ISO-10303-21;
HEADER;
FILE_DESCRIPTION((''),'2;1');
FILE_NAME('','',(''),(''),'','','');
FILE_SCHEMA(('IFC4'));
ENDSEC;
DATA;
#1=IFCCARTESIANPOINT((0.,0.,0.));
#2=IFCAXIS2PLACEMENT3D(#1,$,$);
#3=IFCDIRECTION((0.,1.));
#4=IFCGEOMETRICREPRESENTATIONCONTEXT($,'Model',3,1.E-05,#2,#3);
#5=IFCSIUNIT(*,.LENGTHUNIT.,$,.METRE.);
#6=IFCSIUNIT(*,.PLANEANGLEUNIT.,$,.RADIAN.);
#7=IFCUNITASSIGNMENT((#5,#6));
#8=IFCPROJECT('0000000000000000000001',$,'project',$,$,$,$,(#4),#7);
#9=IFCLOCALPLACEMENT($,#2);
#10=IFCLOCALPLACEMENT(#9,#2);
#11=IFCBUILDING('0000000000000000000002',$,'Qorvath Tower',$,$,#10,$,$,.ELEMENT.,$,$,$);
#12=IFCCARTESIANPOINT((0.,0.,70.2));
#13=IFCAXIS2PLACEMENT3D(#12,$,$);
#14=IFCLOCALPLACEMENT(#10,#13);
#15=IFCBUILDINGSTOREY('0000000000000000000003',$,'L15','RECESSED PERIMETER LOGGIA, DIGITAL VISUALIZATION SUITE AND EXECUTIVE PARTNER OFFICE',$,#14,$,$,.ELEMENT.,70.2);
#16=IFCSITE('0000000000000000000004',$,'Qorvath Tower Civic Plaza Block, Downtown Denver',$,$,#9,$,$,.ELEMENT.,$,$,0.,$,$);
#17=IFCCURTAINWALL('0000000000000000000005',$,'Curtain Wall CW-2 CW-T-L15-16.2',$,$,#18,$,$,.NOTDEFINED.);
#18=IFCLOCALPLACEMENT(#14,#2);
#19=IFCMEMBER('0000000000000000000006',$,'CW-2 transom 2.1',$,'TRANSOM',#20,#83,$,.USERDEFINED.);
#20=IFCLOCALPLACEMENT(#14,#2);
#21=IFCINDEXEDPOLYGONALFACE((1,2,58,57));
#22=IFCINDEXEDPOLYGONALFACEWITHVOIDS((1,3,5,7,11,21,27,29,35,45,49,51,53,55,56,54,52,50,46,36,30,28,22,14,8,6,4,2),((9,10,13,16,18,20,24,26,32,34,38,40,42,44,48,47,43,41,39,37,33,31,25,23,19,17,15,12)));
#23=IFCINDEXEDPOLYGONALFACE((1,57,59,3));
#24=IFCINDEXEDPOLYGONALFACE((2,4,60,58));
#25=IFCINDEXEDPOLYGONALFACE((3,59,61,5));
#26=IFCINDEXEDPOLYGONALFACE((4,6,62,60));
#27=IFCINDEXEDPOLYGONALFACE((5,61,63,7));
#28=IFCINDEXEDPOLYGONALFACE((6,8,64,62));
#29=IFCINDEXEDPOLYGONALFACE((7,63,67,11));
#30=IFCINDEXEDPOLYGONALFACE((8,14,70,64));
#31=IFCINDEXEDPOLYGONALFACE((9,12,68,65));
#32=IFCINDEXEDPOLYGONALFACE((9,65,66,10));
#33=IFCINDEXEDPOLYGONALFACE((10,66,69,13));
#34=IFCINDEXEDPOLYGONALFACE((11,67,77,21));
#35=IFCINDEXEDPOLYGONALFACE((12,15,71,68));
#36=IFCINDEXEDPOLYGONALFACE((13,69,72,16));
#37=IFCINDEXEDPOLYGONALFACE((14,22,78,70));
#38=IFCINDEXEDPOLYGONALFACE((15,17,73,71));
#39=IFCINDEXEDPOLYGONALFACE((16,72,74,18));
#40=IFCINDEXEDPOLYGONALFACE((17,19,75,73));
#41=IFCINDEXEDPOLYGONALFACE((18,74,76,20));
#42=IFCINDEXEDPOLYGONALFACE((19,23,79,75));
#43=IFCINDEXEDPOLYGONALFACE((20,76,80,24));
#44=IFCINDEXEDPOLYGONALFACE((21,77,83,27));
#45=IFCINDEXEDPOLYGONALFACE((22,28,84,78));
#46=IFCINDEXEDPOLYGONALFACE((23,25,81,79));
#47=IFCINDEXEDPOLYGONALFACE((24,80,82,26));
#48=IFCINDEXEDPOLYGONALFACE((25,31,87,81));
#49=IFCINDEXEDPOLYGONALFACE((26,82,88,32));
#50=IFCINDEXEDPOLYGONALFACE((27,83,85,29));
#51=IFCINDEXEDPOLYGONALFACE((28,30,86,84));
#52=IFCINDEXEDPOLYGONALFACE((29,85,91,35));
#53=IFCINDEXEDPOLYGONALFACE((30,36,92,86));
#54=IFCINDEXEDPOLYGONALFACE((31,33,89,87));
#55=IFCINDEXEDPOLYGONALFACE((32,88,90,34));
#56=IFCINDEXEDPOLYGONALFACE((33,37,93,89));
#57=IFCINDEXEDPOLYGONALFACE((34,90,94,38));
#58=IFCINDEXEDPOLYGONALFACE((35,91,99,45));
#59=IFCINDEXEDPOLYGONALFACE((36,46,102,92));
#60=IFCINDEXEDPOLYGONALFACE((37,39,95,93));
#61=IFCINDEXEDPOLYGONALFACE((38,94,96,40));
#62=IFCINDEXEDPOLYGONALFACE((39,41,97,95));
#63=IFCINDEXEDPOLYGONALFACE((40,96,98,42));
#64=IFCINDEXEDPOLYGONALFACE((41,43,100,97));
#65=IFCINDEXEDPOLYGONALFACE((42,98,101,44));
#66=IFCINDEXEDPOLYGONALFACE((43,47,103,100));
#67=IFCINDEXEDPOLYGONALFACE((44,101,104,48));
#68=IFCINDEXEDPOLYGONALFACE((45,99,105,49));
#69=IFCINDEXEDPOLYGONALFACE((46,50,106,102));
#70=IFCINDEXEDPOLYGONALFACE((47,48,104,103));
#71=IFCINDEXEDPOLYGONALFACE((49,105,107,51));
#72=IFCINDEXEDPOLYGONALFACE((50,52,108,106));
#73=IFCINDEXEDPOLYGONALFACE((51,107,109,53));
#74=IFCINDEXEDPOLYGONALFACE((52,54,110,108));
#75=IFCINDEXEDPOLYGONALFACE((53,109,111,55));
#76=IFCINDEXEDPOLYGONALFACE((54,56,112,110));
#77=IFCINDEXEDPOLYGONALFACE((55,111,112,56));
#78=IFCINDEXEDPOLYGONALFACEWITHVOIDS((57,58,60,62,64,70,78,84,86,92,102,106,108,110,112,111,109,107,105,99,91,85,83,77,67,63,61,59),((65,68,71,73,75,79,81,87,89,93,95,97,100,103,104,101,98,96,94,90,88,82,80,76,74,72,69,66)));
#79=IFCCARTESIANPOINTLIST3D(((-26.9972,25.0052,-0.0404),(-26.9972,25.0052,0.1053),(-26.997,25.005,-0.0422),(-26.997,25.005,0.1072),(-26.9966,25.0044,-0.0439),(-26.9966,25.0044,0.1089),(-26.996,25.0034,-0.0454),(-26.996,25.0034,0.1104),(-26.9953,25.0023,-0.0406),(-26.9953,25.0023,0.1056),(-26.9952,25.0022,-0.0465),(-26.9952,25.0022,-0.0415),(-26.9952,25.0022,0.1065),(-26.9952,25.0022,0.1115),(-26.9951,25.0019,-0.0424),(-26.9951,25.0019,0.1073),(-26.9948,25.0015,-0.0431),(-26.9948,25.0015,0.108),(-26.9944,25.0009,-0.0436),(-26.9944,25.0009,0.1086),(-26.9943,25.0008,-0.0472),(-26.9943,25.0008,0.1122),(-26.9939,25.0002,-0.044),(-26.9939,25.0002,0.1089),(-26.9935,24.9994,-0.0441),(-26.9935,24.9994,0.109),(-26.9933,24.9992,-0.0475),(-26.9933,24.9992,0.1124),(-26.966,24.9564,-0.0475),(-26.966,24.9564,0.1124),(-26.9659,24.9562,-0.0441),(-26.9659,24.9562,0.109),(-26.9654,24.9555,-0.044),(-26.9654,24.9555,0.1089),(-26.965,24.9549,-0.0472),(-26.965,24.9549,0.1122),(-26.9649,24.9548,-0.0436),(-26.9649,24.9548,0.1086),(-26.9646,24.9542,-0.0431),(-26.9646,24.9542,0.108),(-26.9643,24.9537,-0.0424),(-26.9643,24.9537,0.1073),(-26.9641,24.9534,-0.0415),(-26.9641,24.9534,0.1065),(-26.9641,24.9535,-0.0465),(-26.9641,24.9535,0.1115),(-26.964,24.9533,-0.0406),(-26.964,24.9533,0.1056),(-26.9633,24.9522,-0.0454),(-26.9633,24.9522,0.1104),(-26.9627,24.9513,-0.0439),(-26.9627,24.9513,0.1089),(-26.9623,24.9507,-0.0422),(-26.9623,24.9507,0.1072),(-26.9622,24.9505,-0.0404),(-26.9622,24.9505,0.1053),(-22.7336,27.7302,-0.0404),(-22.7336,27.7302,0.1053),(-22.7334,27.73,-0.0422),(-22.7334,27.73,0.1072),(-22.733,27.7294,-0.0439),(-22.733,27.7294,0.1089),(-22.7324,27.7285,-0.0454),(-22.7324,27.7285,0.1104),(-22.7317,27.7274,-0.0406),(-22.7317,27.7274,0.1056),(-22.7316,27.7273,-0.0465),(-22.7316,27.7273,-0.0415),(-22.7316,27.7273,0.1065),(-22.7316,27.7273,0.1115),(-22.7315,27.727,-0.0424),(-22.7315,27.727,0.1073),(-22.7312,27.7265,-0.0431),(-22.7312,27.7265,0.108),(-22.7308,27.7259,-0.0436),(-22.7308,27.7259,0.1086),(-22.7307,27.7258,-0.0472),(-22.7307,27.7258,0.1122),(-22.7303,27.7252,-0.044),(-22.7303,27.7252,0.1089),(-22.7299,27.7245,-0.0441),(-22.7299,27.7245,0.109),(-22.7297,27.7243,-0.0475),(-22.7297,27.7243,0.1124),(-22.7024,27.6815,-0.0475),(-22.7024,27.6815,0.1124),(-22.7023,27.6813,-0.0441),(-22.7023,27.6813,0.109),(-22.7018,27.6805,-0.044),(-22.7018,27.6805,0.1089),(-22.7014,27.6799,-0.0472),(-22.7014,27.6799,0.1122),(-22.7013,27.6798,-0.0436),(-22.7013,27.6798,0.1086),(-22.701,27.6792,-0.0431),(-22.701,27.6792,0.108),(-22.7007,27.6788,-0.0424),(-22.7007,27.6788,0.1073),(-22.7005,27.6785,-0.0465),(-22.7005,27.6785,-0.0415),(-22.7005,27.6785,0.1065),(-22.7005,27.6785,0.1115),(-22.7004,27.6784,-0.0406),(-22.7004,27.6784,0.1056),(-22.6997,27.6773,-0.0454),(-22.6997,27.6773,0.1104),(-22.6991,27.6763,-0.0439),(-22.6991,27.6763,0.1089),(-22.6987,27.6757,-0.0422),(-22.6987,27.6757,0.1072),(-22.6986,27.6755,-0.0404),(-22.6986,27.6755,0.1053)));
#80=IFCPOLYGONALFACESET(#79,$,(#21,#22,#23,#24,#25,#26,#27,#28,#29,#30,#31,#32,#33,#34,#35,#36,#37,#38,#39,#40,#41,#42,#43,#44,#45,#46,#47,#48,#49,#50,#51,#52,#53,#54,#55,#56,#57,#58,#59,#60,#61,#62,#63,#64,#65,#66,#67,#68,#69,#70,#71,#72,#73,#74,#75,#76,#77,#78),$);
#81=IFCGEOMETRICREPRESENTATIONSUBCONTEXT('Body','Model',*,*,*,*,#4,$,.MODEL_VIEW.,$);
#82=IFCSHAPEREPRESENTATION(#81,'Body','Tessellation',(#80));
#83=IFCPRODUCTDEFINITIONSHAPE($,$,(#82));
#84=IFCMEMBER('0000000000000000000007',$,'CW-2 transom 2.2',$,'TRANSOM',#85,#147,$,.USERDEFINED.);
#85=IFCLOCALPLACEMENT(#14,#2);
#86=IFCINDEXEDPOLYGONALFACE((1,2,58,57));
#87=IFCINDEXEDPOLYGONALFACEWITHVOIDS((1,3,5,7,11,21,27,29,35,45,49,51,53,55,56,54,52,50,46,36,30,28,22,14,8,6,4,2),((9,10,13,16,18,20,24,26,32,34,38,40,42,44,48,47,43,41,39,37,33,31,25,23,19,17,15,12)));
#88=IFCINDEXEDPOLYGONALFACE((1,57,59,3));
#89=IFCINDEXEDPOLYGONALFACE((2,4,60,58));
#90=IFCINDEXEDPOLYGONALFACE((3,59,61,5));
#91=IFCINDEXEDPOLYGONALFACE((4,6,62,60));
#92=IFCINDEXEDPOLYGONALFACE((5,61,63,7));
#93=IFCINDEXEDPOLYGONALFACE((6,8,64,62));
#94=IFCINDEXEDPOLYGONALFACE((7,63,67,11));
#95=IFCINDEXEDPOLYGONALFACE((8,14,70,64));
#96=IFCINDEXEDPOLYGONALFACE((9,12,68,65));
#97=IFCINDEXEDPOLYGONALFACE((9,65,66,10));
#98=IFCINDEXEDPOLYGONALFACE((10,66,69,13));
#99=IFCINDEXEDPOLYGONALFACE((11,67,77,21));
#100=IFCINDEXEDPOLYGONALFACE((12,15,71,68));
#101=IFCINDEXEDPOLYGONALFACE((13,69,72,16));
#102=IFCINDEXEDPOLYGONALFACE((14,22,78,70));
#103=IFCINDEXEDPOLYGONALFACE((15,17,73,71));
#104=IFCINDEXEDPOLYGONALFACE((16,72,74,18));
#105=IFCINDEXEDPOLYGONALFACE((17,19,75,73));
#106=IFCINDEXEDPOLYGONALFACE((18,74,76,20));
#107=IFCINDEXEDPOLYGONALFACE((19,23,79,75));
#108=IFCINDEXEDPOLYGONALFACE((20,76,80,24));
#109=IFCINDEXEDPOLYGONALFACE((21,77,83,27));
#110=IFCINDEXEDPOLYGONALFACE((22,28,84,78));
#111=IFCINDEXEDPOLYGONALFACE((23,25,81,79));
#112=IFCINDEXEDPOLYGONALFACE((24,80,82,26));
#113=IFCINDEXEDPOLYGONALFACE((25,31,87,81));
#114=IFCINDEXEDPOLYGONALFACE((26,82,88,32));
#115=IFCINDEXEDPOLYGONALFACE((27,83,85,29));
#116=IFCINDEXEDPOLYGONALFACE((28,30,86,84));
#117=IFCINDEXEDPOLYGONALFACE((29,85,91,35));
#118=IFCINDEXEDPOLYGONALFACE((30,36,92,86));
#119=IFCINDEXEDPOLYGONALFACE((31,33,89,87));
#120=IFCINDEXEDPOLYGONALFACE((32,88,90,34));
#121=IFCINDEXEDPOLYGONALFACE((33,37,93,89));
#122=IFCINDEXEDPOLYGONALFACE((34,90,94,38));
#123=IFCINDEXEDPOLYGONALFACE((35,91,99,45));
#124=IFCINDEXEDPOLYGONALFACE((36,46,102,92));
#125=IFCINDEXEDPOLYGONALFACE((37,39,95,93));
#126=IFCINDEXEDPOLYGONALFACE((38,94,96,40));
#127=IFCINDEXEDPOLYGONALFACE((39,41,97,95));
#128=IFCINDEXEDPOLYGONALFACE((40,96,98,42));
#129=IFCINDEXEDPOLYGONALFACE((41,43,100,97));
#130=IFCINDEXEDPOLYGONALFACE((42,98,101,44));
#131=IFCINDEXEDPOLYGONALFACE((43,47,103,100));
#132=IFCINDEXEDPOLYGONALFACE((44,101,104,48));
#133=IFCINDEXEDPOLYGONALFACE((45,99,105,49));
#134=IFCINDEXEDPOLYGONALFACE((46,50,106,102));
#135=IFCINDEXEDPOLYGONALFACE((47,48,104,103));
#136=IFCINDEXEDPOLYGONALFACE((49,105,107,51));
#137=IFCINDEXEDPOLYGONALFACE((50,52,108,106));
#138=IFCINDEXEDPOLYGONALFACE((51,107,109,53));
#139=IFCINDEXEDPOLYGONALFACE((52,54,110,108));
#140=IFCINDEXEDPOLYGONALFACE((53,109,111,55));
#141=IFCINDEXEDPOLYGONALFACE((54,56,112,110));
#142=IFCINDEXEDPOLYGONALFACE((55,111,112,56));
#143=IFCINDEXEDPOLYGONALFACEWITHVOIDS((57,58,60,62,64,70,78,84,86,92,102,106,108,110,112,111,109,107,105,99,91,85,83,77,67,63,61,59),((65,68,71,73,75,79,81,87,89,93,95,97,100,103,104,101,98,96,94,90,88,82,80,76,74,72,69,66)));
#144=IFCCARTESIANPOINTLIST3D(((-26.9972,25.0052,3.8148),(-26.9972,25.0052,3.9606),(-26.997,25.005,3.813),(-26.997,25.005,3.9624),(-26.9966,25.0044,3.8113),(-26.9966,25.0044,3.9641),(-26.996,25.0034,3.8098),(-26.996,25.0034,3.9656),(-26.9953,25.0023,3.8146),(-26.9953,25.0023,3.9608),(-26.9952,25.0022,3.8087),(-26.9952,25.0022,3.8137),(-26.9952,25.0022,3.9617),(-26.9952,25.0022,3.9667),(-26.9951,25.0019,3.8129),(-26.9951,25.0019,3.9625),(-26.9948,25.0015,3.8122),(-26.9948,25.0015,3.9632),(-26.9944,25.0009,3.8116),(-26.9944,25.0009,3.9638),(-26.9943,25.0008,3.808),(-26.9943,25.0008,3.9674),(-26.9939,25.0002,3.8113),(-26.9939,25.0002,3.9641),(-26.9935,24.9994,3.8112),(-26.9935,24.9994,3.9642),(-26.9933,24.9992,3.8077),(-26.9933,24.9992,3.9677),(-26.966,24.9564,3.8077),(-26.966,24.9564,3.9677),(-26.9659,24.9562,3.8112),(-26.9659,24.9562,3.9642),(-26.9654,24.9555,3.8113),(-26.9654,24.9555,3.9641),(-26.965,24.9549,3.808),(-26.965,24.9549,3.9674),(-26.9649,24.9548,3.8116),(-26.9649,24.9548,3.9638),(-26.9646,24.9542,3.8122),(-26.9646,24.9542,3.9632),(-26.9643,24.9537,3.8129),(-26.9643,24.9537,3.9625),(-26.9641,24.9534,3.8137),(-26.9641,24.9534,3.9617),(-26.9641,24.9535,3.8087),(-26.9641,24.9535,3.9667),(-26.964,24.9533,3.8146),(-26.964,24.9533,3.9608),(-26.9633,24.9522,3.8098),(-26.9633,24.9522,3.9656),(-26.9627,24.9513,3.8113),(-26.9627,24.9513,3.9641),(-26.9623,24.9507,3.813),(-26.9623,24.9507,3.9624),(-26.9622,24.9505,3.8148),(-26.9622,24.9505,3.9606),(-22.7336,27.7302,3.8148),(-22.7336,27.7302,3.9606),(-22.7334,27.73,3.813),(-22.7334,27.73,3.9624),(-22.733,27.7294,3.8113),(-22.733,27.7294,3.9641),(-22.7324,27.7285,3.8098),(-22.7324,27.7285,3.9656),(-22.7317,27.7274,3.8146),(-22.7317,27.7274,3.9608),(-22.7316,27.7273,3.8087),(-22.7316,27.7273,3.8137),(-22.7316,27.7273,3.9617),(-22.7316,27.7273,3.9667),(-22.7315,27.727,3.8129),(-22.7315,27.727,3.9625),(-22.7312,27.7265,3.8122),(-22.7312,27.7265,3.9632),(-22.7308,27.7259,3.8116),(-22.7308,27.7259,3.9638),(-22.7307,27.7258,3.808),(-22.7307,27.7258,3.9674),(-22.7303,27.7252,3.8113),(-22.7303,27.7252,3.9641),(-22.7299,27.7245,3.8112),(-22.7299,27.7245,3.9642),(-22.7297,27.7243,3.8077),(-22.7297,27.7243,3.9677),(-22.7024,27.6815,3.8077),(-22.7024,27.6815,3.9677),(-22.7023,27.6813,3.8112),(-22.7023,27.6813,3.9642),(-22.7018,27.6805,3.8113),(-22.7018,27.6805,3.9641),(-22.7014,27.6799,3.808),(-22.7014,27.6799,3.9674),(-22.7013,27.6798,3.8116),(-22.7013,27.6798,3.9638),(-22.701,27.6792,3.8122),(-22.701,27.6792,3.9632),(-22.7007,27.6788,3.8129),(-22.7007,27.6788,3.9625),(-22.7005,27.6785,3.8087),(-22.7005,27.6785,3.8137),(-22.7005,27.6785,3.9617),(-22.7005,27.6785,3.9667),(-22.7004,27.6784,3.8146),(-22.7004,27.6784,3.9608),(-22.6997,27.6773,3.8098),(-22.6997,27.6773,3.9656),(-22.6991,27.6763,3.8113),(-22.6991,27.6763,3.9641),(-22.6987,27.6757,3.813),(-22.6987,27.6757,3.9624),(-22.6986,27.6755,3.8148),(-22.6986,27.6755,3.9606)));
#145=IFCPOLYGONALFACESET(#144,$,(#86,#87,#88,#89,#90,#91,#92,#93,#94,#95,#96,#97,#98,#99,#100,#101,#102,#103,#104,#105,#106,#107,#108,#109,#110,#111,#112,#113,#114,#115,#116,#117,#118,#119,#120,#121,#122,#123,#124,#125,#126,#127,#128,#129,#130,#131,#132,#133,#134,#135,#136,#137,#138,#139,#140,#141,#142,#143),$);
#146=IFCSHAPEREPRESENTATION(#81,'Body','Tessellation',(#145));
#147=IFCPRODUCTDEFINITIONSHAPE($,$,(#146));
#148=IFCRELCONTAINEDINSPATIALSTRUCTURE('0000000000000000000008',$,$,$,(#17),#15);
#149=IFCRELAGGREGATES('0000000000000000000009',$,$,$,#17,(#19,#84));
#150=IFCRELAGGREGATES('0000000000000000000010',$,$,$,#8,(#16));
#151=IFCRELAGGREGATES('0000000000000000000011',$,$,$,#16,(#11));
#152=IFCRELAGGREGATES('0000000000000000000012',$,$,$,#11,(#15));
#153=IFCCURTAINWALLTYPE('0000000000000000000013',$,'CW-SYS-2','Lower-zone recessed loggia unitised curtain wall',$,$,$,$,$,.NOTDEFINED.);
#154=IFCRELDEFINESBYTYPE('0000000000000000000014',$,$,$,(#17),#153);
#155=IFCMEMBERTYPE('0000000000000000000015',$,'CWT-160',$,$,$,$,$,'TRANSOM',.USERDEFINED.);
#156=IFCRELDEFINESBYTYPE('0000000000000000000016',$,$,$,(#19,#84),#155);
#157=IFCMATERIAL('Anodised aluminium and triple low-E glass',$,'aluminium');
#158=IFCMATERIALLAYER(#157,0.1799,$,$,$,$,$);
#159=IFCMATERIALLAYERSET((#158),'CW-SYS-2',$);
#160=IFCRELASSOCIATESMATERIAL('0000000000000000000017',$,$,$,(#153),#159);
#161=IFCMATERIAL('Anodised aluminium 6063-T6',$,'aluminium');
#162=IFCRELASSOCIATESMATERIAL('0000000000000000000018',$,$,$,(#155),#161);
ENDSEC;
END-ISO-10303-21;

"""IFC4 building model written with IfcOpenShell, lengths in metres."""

from ifc_helpers import new_model, si_unit, direction, frame, origin, origin_2d, place, context, subcontext, project, spatial, hollow_rectangle, extrude, material, layer, layer_set, material_profile, profile_set, type_object, element, aggregate, save


model = new_model("IFC4")

# Units and contexts
model_context = context("Model", 3, precision=1e-05, world=origin(), true_north=direction((0.0, 1.0)))
body_context = subcontext(model_context, "Body", "Model", "MODEL_VIEW")
ifc_project = project(units=[si_unit("LENGTHUNIT", "METRE"), si_unit("PLANEANGLEUNIT", "RADIAN")], contexts=[model_context])

# Site, building, storey
site_placement = place(None, origin())
site = spatial("IfcSite", under=ifc_project, at=site_placement, Name="Qorvath Tower Civic Plaza Block, Downtown Denver", CompositionType="ELEMENT", RefElevation=0.0)
building_placement = place(site_placement, origin())
building = spatial("IfcBuilding", under=site, at=building_placement, Name="Qorvath Tower", CompositionType="ELEMENT")
storey_placement = place(building_placement, frame((0.0, 0.0, 70.2)))
storey = spatial("IfcBuildingStorey", under=building, at=storey_placement, Name="L15", Description="RECESSED PERIMETER LOGGIA, DIGITAL VISUALIZATION SUITE AND EXECUTIVE PARTNER OFFICE", CompositionType="ELEMENT", Elevation=70.2)

# Curtain wall, members
ifc_material_1 = material(Name="Anodised aluminium and triple low-E glass", Category="aluminium")
ifc_layer_1 = layer(ifc_material_1, 0.1799)
ifc_layer_set_1 = layer_set([ifc_layer_1], Name="CW-SYS-2")
curtain_wall_type = type_object("IfcCurtainWallType", Name="CW-SYS-2", Description="Lower-zone recessed loggia unitised curtain wall", PredefinedType="NOTDEFINED", material=ifc_layer_set_1)
curtain_wall_placement = place(storey_placement, origin())
curtain_wall = element("IfcCurtainWall", 1, at=curtain_wall_placement, inside=storey, type_object=curtain_wall_type, Name="Curtain Wall CW-2 CW-T-L15-16.2", PredefinedType="NOTDEFINED")
ifc_material_2 = material(Name="Anodised aluminium 6063-T6", Category="aluminium")
ifc_material_profile_1 = material_profile(ifc_material_2, hollow_rectangle(XDim=0.0649, YDim=0.1599, WallThickness=0.0034, InnerFilletRadius=0.0034, OuterFilletRadius=0.0071, at=origin_2d()), Name="CWT 160x65")
ifc_profile_set_1 = profile_set([ifc_material_profile_1], Name="Anodised aluminium 6063-T6")
member_type_1 = type_object("IfcMemberType", Name="CWT-160", ElementType="TRANSOM", PredefinedType="USERDEFINED", material=ifc_profile_set_1)
member_1_placement = place(storey_placement, frame((-22.7161, 27.7029, 0.0325), z_axis=(-0.842599, -0.538542, 0.0), x_axis=(0.538542, -0.842599, 0.0)))
member_1 = element("IfcMember", 2, at=member_1_placement, type_object=member_type_1, Name="CW-2 transom 2.1", ObjectType="TRANSOM", PredefinedType="USERDEFINED", context=body_context, shape_type="SweptSolid", body=[
    extrude(hollow_rectangle(XDim=0.0649, YDim=0.1599, WallThickness=0.0034, InnerFilletRadius=0.0034, OuterFilletRadius=0.0071, at=origin_2d()), origin(), (0.0, 0.0, 1.0), 5.0601),
])
member_2_placement = place(storey_placement, frame((-22.7161, 27.7029, 3.8877), z_axis=(-0.842599, -0.538542, 0.0), x_axis=(0.538542, -0.842599, 0.0)))
member_2 = element("IfcMember", 3, at=member_2_placement, type_object=member_type_1, Name="CW-2 transom 2.2", ObjectType="TRANSOM", PredefinedType="USERDEFINED", context=body_context, shape_type="SweptSolid", body=[
    extrude(hollow_rectangle(XDim=0.0649, YDim=0.1599, WallThickness=0.0034, InnerFilletRadius=0.0034, OuterFilletRadius=0.0071, at=origin_2d()), origin(), (0.0, 0.0, 1.0), 5.0601),
])
aggregate(curtain_wall, [member_1, member_2])

save(model, "model.ifc")
